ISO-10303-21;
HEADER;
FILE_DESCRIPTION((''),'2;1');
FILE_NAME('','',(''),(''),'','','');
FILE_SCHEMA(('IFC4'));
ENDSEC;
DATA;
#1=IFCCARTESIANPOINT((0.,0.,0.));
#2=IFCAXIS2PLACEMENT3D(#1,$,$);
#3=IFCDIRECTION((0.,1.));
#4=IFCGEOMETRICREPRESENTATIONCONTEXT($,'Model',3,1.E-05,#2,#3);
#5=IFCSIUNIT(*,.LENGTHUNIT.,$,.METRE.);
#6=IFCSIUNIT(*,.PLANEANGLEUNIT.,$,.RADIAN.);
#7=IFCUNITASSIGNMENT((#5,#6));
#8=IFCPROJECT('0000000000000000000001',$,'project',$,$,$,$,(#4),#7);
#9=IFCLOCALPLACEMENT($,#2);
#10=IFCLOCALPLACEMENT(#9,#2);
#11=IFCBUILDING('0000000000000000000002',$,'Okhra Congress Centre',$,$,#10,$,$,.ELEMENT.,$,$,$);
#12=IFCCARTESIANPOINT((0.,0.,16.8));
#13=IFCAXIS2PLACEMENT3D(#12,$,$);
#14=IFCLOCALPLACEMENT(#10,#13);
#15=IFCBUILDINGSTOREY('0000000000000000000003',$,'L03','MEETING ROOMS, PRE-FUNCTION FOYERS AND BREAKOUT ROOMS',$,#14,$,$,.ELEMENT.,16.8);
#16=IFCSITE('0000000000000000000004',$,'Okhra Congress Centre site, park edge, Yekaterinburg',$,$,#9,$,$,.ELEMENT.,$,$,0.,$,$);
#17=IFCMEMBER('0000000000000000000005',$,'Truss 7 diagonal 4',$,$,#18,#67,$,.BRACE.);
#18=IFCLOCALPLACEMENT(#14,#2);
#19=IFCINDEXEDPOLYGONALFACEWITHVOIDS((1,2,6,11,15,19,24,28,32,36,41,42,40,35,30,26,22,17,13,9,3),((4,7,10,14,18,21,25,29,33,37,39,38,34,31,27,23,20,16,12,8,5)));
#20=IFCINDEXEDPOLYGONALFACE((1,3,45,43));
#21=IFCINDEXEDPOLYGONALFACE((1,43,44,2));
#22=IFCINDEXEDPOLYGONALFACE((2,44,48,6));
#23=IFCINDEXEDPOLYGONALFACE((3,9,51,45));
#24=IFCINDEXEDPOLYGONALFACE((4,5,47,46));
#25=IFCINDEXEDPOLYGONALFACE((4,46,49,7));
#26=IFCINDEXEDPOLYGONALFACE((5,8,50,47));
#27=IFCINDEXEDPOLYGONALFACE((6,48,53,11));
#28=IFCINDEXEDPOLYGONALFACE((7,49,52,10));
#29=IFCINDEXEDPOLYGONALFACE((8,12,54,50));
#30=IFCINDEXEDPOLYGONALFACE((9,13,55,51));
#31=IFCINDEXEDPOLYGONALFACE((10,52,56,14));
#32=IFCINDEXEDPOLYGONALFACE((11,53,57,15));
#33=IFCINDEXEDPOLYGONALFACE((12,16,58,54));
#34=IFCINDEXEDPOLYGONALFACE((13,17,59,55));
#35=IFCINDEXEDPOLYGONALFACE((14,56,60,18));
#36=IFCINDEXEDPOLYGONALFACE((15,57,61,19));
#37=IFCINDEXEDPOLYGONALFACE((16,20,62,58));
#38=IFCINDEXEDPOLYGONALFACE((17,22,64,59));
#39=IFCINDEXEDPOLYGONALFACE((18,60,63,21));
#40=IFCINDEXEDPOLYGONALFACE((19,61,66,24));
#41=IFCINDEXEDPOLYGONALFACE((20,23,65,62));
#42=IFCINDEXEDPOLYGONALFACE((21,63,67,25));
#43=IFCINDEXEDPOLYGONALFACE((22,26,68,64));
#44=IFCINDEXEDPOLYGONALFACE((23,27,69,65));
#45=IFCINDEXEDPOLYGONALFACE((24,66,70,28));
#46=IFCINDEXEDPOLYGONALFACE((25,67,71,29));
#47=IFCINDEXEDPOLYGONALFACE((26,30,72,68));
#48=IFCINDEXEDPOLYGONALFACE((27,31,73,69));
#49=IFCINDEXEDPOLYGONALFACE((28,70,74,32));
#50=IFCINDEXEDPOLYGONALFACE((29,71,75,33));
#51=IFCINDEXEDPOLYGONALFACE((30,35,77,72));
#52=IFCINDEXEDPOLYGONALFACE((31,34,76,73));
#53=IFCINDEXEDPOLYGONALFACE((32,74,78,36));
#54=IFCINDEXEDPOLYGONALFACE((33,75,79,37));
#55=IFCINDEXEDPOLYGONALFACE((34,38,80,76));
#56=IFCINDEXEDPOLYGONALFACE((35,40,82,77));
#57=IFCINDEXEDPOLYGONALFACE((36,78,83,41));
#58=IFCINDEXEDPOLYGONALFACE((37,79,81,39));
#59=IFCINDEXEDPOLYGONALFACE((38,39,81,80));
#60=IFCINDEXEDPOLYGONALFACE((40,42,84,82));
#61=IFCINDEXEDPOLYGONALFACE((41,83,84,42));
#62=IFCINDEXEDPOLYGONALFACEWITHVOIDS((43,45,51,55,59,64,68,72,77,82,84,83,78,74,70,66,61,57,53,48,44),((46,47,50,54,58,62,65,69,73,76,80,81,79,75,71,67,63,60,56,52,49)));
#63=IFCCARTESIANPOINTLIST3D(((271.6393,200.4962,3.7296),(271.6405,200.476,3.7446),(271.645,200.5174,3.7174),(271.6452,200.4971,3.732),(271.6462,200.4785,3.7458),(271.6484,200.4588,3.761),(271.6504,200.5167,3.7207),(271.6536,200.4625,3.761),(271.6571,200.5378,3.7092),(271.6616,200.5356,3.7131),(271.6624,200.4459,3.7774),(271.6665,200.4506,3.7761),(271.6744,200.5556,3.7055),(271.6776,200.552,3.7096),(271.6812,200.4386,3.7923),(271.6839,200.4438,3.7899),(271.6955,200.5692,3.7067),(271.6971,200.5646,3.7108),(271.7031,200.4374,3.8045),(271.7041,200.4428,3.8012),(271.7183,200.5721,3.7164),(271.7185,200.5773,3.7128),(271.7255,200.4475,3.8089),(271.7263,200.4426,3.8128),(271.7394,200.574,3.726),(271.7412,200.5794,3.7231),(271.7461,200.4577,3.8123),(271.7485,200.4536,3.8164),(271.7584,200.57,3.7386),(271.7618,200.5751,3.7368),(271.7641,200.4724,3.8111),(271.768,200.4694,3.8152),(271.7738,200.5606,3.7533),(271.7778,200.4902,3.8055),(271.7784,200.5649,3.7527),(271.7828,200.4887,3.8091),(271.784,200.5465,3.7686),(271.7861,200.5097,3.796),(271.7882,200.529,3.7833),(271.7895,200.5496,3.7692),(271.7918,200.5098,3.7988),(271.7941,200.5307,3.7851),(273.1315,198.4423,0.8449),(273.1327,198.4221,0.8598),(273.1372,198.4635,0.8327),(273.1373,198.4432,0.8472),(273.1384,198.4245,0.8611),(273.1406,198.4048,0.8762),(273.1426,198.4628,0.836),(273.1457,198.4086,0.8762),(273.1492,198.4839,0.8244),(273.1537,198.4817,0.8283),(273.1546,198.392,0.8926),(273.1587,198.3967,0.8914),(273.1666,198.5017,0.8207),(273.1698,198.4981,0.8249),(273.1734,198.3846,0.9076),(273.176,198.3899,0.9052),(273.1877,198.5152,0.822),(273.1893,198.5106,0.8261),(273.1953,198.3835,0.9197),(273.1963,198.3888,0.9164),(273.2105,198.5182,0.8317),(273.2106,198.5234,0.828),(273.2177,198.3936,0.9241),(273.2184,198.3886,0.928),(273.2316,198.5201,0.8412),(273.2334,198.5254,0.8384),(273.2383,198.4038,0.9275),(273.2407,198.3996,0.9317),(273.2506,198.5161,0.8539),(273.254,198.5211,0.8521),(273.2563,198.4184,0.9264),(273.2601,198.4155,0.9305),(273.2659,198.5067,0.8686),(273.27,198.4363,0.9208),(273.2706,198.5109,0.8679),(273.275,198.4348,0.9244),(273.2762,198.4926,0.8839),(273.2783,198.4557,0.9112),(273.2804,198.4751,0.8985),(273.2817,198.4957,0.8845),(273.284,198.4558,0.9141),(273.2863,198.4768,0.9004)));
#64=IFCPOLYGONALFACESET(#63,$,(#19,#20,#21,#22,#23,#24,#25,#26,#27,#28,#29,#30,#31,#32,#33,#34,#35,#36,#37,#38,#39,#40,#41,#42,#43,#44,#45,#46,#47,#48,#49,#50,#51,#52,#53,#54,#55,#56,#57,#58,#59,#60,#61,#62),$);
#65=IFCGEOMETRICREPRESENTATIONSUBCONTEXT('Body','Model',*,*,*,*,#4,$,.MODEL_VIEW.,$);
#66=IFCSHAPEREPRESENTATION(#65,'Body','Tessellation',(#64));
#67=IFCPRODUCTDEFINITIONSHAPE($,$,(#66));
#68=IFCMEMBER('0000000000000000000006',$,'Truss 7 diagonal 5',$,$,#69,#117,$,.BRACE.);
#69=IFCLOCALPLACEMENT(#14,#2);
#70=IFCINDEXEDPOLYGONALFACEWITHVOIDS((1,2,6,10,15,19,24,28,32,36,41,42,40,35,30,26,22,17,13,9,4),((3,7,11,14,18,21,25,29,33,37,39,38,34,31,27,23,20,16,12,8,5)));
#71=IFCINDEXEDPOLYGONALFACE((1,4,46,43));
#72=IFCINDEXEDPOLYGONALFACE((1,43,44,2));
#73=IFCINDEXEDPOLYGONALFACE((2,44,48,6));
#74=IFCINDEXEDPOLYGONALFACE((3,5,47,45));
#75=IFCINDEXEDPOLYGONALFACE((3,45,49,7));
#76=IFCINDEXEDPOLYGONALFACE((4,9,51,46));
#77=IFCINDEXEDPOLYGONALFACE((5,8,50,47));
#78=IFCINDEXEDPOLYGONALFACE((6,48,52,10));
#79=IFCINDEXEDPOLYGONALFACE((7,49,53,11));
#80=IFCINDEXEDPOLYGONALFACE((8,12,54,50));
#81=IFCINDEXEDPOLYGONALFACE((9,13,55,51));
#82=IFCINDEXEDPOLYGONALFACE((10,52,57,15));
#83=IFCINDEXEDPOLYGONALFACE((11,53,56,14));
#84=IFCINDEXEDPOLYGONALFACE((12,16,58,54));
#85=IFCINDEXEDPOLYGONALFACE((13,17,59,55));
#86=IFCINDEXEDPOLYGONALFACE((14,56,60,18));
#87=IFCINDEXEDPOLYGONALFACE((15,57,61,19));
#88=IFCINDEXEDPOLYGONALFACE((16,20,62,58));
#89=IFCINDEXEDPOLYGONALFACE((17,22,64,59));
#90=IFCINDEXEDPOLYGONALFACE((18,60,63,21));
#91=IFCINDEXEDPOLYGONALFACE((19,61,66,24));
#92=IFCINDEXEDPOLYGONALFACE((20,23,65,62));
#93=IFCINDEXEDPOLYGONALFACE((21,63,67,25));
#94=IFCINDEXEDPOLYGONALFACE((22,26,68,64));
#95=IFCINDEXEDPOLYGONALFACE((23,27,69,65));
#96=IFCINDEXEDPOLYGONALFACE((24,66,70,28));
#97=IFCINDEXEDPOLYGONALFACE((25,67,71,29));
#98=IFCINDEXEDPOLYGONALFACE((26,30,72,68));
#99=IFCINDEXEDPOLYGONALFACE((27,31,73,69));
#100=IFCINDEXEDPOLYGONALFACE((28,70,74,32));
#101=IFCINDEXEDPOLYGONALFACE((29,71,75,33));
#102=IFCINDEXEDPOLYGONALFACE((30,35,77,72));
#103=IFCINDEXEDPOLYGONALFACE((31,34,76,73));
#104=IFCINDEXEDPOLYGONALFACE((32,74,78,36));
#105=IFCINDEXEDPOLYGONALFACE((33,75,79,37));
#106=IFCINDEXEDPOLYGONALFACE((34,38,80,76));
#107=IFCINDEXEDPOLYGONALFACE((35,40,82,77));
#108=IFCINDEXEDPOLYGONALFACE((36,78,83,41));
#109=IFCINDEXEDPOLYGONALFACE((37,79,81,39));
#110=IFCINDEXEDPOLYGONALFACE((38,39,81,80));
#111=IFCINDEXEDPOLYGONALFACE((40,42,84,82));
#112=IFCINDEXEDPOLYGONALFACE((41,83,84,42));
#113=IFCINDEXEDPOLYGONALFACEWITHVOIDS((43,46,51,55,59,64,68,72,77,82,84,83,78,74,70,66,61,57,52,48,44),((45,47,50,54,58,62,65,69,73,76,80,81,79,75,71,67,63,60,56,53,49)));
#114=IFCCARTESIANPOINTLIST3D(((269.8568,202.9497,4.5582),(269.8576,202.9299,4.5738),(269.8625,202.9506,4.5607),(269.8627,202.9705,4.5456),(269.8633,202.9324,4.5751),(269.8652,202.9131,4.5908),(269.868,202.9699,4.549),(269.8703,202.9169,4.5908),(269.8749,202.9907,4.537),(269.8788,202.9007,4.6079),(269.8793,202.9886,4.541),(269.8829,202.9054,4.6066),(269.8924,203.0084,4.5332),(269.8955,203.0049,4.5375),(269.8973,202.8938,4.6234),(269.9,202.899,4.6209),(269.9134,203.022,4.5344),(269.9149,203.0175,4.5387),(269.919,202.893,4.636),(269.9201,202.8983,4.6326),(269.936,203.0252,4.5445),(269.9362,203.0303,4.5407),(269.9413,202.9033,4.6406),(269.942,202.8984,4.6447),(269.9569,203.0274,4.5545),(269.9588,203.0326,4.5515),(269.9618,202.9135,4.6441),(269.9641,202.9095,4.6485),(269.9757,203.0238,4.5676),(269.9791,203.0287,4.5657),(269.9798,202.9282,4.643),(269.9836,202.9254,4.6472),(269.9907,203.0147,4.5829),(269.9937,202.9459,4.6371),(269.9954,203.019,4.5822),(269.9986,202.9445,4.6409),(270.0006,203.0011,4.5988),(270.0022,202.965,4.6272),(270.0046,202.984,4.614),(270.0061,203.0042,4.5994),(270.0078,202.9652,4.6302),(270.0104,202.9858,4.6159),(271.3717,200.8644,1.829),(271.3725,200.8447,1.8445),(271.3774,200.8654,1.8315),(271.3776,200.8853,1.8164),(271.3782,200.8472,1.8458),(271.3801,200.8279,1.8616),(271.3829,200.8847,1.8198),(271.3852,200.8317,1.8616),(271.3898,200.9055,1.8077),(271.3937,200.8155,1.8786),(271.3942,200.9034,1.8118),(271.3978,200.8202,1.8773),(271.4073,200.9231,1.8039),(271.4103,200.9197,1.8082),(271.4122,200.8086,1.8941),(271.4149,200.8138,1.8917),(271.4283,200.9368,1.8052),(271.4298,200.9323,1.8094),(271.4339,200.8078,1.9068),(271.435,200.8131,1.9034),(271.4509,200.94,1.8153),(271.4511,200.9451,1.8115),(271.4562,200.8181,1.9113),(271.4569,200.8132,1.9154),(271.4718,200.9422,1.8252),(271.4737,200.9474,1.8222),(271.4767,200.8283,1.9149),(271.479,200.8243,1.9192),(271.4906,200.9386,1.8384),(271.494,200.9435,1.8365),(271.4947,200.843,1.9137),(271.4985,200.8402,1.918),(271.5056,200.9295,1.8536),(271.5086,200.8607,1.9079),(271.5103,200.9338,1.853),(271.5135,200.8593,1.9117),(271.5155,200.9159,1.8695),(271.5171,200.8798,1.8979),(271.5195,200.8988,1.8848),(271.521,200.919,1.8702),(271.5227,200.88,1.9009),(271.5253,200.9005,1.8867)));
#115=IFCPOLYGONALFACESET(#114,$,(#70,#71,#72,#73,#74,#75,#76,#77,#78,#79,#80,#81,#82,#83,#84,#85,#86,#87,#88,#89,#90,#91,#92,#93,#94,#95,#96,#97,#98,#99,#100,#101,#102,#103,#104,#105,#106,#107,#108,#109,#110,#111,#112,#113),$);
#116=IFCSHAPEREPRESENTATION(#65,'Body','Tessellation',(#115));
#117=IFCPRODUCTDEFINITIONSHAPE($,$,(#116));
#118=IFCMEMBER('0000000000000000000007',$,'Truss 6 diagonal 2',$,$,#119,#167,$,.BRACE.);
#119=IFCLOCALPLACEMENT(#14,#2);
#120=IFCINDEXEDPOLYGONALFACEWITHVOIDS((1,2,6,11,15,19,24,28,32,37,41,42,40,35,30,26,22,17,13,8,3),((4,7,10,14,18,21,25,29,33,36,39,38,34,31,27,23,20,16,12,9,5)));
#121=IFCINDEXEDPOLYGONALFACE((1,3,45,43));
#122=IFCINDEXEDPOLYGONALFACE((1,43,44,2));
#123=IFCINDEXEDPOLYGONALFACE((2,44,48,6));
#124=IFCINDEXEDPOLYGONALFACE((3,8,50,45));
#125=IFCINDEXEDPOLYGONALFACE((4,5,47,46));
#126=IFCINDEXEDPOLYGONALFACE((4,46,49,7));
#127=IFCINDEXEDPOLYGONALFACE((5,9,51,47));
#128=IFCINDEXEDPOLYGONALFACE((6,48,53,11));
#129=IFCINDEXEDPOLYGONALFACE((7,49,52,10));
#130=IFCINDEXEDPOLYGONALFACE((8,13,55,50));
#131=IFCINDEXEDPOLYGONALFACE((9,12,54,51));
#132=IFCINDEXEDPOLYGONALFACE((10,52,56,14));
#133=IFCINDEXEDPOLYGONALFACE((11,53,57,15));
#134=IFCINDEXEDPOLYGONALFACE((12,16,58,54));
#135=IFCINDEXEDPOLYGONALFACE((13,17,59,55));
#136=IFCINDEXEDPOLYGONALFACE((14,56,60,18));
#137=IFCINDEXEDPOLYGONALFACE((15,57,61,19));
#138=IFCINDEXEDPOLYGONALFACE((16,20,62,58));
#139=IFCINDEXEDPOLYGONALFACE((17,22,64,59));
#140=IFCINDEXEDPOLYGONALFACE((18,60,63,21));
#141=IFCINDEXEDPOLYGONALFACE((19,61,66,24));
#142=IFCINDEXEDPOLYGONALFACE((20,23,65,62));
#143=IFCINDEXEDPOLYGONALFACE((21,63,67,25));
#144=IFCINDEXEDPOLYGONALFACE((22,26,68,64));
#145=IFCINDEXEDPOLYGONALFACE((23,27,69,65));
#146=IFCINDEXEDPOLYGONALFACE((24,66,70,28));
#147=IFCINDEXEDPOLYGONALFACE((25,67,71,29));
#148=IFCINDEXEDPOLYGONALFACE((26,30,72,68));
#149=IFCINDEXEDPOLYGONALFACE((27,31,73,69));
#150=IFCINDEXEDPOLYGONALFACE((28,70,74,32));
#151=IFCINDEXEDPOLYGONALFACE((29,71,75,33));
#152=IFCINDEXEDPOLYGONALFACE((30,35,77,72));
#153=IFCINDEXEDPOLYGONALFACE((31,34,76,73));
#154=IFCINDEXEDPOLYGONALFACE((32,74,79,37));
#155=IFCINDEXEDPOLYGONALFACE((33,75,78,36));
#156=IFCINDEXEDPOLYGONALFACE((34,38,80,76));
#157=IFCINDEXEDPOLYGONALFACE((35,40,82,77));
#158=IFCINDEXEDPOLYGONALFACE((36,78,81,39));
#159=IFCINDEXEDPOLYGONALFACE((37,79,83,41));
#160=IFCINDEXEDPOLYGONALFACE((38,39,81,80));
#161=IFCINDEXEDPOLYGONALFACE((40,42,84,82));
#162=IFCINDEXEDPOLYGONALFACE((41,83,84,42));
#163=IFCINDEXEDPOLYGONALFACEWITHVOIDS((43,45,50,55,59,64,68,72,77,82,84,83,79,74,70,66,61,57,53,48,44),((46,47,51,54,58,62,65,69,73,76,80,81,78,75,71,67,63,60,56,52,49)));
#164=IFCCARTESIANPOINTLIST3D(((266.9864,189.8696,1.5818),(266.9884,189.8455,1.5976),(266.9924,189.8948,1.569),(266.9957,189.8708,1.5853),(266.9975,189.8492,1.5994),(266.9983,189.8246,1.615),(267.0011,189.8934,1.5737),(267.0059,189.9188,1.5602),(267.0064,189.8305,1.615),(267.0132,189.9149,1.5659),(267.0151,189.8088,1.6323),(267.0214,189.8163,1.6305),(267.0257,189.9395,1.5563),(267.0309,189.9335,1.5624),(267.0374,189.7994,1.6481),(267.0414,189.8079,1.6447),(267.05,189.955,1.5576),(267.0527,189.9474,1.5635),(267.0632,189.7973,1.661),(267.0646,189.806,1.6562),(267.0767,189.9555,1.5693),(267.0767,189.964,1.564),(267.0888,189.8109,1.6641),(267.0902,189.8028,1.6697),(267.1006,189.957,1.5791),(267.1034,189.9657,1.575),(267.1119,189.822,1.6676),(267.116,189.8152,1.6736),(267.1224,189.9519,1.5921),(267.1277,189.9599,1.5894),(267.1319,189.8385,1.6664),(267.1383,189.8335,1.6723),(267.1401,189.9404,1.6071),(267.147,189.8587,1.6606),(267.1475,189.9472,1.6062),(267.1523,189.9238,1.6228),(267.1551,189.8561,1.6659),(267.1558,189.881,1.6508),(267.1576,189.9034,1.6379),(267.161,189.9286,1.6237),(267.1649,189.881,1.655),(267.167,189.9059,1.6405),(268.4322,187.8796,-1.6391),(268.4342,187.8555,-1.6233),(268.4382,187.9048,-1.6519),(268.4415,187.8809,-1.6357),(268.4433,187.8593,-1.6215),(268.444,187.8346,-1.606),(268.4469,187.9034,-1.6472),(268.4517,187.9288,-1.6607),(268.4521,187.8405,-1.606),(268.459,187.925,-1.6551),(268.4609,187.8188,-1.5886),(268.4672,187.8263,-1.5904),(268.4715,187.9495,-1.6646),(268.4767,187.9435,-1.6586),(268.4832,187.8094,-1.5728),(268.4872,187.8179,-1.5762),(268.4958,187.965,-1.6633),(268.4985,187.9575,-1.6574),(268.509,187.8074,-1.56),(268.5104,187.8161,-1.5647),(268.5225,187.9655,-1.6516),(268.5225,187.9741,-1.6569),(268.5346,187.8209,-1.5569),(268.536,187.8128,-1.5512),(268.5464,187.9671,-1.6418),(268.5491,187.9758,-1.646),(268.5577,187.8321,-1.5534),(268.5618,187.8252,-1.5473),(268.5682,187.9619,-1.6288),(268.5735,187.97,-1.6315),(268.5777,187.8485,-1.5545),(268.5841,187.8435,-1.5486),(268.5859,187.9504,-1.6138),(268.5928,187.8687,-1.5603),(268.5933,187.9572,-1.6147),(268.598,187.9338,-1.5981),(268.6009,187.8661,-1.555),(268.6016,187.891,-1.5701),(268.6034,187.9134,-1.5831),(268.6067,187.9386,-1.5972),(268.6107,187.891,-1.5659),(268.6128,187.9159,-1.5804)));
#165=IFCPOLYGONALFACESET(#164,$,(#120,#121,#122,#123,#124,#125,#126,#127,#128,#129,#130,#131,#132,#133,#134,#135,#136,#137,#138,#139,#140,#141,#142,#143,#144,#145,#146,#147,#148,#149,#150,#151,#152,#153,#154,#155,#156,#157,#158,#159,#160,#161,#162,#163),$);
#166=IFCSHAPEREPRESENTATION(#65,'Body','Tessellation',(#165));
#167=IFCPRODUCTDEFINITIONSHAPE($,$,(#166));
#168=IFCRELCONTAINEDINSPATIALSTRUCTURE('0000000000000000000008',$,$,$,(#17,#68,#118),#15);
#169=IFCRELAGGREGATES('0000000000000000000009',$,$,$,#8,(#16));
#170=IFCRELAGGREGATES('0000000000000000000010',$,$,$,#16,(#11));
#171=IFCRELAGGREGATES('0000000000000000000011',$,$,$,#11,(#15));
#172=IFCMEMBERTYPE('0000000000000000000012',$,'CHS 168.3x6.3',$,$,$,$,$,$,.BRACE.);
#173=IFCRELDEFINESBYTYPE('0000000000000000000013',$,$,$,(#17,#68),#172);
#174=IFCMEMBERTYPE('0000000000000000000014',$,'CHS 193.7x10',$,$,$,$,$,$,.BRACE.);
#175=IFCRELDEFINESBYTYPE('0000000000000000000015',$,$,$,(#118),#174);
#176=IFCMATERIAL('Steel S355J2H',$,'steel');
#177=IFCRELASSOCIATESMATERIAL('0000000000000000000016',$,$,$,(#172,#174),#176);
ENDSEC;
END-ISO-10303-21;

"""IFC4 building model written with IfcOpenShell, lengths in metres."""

from ifc_helpers import new_model, si_unit, direction, frame, origin, origin_2d, place, context, subcontext, project, spatial, hollow_circle, extrude, material, material_profile, profile_set, type_object, element, save


model = new_model("IFC4")

# Units and contexts
model_context = context("Model", 3, precision=1e-05, world=origin(), true_north=direction((0.0, 1.0)))
body_context = subcontext(model_context, "Body", "Model", "MODEL_VIEW")
ifc_project = project(units=[si_unit("LENGTHUNIT", "METRE"), si_unit("PLANEANGLEUNIT", "RADIAN")], contexts=[model_context])

# Site, building, storey
site_placement = place(None, origin())
site = spatial("IfcSite", under=ifc_project, at=site_placement, Name="Okhra Congress Centre site, park edge, Yekaterinburg", CompositionType="ELEMENT", RefElevation=0.0)
building_placement = place(site_placement, origin())
building = spatial("IfcBuilding", under=site, at=building_placement, Name="Okhra Congress Centre", CompositionType="ELEMENT")
storey_placement = place(building_placement, frame((0.0, 0.0, 16.8)))
storey = spatial("IfcBuildingStorey", under=building, at=storey_placement, Name="L03", Description="MEETING ROOMS, PRE-FUNCTION FOYERS AND BREAKOUT ROOMS", CompositionType="ELEMENT", Elevation=16.8)

# Members
ifc_material_1 = material(Name="Steel S355J2H", Category="steel")
ifc_material_profile_1 = material_profile(ifc_material_1, hollow_circle(Radius=0.0842, WallThickness=0.0063, at=origin_2d()), Name="CHS 168.3x6.3")
ifc_profile_set_1 = profile_set([ifc_material_profile_1], Name="Steel S355J2H")
member_type_1 = type_object("IfcMemberType", Name="CHS 168.3x6.3", PredefinedType="BRACE", material=ifc_profile_set_1)
member_1_placement = place(storey_placement, frame((273.2087, 198.4543, 0.8762), z_axis=(-0.388306, 0.534492, 0.750691), x_axis=(-0.809035, -0.58776, 0.0)))
element("IfcMember", 1, at=member_1_placement, inside=storey, type_object=member_type_1, Name="Truss 7 diagonal 4", PredefinedType="BRACE", context=body_context, shape_type="SweptSolid", body=[
    extrude(hollow_circle(Radius=0.0842, WallThickness=0.0063, at=origin_2d()), origin(), (0.0, 0.0, 1.0), 3.8428),
])
member_2_placement = place(storey_placement, frame((271.4482, 200.8774, 1.8616), z_axis=(-0.403552, 0.555477, 0.727043), x_axis=(-0.809035, -0.58776, 0.0)))
element("IfcMember", 2, at=member_2_placement, inside=storey, type_object=member_type_1, Name="Truss 7 diagonal 5", PredefinedType="BRACE", context=body_context, shape_type="SweptSolid", body=[
    extrude(hollow_circle(Radius=0.0842, WallThickness=0.0063, at=origin_2d()), origin(), (0.0, 0.0, 1.0), 3.7539),
])
ifc_material_profile_2 = material_profile(ifc_material_1, hollow_circle(Radius=0.0969, WallThickness=0.01, at=origin_2d()), Name="CHS 193.7x10")
ifc_profile_set_2 = profile_set([ifc_material_profile_2], Name="Steel S355J2H")
member_type_2 = type_object("IfcMemberType", Name="CHS 193.7x10", PredefinedType="BRACE", material=ifc_profile_set_2)
member_3_placement = place(storey_placement, frame((268.5225, 187.8916, -1.606), z_axis=(-0.356744, 0.49102, 0.794753), x_axis=(-0.809019, -0.587782, 0.0)))
element("IfcMember", 3, at=member_3_placement, inside=storey, type_object=member_type_2, Name="Truss 6 diagonal 2", PredefinedType="BRACE", context=body_context, shape_type="SweptSolid", body=[
    extrude(hollow_circle(Radius=0.0969, WallThickness=0.01, at=origin_2d()), origin(), (0.0, 0.0, 1.0), 4.0527),
])

save(model, "model.ifc")
